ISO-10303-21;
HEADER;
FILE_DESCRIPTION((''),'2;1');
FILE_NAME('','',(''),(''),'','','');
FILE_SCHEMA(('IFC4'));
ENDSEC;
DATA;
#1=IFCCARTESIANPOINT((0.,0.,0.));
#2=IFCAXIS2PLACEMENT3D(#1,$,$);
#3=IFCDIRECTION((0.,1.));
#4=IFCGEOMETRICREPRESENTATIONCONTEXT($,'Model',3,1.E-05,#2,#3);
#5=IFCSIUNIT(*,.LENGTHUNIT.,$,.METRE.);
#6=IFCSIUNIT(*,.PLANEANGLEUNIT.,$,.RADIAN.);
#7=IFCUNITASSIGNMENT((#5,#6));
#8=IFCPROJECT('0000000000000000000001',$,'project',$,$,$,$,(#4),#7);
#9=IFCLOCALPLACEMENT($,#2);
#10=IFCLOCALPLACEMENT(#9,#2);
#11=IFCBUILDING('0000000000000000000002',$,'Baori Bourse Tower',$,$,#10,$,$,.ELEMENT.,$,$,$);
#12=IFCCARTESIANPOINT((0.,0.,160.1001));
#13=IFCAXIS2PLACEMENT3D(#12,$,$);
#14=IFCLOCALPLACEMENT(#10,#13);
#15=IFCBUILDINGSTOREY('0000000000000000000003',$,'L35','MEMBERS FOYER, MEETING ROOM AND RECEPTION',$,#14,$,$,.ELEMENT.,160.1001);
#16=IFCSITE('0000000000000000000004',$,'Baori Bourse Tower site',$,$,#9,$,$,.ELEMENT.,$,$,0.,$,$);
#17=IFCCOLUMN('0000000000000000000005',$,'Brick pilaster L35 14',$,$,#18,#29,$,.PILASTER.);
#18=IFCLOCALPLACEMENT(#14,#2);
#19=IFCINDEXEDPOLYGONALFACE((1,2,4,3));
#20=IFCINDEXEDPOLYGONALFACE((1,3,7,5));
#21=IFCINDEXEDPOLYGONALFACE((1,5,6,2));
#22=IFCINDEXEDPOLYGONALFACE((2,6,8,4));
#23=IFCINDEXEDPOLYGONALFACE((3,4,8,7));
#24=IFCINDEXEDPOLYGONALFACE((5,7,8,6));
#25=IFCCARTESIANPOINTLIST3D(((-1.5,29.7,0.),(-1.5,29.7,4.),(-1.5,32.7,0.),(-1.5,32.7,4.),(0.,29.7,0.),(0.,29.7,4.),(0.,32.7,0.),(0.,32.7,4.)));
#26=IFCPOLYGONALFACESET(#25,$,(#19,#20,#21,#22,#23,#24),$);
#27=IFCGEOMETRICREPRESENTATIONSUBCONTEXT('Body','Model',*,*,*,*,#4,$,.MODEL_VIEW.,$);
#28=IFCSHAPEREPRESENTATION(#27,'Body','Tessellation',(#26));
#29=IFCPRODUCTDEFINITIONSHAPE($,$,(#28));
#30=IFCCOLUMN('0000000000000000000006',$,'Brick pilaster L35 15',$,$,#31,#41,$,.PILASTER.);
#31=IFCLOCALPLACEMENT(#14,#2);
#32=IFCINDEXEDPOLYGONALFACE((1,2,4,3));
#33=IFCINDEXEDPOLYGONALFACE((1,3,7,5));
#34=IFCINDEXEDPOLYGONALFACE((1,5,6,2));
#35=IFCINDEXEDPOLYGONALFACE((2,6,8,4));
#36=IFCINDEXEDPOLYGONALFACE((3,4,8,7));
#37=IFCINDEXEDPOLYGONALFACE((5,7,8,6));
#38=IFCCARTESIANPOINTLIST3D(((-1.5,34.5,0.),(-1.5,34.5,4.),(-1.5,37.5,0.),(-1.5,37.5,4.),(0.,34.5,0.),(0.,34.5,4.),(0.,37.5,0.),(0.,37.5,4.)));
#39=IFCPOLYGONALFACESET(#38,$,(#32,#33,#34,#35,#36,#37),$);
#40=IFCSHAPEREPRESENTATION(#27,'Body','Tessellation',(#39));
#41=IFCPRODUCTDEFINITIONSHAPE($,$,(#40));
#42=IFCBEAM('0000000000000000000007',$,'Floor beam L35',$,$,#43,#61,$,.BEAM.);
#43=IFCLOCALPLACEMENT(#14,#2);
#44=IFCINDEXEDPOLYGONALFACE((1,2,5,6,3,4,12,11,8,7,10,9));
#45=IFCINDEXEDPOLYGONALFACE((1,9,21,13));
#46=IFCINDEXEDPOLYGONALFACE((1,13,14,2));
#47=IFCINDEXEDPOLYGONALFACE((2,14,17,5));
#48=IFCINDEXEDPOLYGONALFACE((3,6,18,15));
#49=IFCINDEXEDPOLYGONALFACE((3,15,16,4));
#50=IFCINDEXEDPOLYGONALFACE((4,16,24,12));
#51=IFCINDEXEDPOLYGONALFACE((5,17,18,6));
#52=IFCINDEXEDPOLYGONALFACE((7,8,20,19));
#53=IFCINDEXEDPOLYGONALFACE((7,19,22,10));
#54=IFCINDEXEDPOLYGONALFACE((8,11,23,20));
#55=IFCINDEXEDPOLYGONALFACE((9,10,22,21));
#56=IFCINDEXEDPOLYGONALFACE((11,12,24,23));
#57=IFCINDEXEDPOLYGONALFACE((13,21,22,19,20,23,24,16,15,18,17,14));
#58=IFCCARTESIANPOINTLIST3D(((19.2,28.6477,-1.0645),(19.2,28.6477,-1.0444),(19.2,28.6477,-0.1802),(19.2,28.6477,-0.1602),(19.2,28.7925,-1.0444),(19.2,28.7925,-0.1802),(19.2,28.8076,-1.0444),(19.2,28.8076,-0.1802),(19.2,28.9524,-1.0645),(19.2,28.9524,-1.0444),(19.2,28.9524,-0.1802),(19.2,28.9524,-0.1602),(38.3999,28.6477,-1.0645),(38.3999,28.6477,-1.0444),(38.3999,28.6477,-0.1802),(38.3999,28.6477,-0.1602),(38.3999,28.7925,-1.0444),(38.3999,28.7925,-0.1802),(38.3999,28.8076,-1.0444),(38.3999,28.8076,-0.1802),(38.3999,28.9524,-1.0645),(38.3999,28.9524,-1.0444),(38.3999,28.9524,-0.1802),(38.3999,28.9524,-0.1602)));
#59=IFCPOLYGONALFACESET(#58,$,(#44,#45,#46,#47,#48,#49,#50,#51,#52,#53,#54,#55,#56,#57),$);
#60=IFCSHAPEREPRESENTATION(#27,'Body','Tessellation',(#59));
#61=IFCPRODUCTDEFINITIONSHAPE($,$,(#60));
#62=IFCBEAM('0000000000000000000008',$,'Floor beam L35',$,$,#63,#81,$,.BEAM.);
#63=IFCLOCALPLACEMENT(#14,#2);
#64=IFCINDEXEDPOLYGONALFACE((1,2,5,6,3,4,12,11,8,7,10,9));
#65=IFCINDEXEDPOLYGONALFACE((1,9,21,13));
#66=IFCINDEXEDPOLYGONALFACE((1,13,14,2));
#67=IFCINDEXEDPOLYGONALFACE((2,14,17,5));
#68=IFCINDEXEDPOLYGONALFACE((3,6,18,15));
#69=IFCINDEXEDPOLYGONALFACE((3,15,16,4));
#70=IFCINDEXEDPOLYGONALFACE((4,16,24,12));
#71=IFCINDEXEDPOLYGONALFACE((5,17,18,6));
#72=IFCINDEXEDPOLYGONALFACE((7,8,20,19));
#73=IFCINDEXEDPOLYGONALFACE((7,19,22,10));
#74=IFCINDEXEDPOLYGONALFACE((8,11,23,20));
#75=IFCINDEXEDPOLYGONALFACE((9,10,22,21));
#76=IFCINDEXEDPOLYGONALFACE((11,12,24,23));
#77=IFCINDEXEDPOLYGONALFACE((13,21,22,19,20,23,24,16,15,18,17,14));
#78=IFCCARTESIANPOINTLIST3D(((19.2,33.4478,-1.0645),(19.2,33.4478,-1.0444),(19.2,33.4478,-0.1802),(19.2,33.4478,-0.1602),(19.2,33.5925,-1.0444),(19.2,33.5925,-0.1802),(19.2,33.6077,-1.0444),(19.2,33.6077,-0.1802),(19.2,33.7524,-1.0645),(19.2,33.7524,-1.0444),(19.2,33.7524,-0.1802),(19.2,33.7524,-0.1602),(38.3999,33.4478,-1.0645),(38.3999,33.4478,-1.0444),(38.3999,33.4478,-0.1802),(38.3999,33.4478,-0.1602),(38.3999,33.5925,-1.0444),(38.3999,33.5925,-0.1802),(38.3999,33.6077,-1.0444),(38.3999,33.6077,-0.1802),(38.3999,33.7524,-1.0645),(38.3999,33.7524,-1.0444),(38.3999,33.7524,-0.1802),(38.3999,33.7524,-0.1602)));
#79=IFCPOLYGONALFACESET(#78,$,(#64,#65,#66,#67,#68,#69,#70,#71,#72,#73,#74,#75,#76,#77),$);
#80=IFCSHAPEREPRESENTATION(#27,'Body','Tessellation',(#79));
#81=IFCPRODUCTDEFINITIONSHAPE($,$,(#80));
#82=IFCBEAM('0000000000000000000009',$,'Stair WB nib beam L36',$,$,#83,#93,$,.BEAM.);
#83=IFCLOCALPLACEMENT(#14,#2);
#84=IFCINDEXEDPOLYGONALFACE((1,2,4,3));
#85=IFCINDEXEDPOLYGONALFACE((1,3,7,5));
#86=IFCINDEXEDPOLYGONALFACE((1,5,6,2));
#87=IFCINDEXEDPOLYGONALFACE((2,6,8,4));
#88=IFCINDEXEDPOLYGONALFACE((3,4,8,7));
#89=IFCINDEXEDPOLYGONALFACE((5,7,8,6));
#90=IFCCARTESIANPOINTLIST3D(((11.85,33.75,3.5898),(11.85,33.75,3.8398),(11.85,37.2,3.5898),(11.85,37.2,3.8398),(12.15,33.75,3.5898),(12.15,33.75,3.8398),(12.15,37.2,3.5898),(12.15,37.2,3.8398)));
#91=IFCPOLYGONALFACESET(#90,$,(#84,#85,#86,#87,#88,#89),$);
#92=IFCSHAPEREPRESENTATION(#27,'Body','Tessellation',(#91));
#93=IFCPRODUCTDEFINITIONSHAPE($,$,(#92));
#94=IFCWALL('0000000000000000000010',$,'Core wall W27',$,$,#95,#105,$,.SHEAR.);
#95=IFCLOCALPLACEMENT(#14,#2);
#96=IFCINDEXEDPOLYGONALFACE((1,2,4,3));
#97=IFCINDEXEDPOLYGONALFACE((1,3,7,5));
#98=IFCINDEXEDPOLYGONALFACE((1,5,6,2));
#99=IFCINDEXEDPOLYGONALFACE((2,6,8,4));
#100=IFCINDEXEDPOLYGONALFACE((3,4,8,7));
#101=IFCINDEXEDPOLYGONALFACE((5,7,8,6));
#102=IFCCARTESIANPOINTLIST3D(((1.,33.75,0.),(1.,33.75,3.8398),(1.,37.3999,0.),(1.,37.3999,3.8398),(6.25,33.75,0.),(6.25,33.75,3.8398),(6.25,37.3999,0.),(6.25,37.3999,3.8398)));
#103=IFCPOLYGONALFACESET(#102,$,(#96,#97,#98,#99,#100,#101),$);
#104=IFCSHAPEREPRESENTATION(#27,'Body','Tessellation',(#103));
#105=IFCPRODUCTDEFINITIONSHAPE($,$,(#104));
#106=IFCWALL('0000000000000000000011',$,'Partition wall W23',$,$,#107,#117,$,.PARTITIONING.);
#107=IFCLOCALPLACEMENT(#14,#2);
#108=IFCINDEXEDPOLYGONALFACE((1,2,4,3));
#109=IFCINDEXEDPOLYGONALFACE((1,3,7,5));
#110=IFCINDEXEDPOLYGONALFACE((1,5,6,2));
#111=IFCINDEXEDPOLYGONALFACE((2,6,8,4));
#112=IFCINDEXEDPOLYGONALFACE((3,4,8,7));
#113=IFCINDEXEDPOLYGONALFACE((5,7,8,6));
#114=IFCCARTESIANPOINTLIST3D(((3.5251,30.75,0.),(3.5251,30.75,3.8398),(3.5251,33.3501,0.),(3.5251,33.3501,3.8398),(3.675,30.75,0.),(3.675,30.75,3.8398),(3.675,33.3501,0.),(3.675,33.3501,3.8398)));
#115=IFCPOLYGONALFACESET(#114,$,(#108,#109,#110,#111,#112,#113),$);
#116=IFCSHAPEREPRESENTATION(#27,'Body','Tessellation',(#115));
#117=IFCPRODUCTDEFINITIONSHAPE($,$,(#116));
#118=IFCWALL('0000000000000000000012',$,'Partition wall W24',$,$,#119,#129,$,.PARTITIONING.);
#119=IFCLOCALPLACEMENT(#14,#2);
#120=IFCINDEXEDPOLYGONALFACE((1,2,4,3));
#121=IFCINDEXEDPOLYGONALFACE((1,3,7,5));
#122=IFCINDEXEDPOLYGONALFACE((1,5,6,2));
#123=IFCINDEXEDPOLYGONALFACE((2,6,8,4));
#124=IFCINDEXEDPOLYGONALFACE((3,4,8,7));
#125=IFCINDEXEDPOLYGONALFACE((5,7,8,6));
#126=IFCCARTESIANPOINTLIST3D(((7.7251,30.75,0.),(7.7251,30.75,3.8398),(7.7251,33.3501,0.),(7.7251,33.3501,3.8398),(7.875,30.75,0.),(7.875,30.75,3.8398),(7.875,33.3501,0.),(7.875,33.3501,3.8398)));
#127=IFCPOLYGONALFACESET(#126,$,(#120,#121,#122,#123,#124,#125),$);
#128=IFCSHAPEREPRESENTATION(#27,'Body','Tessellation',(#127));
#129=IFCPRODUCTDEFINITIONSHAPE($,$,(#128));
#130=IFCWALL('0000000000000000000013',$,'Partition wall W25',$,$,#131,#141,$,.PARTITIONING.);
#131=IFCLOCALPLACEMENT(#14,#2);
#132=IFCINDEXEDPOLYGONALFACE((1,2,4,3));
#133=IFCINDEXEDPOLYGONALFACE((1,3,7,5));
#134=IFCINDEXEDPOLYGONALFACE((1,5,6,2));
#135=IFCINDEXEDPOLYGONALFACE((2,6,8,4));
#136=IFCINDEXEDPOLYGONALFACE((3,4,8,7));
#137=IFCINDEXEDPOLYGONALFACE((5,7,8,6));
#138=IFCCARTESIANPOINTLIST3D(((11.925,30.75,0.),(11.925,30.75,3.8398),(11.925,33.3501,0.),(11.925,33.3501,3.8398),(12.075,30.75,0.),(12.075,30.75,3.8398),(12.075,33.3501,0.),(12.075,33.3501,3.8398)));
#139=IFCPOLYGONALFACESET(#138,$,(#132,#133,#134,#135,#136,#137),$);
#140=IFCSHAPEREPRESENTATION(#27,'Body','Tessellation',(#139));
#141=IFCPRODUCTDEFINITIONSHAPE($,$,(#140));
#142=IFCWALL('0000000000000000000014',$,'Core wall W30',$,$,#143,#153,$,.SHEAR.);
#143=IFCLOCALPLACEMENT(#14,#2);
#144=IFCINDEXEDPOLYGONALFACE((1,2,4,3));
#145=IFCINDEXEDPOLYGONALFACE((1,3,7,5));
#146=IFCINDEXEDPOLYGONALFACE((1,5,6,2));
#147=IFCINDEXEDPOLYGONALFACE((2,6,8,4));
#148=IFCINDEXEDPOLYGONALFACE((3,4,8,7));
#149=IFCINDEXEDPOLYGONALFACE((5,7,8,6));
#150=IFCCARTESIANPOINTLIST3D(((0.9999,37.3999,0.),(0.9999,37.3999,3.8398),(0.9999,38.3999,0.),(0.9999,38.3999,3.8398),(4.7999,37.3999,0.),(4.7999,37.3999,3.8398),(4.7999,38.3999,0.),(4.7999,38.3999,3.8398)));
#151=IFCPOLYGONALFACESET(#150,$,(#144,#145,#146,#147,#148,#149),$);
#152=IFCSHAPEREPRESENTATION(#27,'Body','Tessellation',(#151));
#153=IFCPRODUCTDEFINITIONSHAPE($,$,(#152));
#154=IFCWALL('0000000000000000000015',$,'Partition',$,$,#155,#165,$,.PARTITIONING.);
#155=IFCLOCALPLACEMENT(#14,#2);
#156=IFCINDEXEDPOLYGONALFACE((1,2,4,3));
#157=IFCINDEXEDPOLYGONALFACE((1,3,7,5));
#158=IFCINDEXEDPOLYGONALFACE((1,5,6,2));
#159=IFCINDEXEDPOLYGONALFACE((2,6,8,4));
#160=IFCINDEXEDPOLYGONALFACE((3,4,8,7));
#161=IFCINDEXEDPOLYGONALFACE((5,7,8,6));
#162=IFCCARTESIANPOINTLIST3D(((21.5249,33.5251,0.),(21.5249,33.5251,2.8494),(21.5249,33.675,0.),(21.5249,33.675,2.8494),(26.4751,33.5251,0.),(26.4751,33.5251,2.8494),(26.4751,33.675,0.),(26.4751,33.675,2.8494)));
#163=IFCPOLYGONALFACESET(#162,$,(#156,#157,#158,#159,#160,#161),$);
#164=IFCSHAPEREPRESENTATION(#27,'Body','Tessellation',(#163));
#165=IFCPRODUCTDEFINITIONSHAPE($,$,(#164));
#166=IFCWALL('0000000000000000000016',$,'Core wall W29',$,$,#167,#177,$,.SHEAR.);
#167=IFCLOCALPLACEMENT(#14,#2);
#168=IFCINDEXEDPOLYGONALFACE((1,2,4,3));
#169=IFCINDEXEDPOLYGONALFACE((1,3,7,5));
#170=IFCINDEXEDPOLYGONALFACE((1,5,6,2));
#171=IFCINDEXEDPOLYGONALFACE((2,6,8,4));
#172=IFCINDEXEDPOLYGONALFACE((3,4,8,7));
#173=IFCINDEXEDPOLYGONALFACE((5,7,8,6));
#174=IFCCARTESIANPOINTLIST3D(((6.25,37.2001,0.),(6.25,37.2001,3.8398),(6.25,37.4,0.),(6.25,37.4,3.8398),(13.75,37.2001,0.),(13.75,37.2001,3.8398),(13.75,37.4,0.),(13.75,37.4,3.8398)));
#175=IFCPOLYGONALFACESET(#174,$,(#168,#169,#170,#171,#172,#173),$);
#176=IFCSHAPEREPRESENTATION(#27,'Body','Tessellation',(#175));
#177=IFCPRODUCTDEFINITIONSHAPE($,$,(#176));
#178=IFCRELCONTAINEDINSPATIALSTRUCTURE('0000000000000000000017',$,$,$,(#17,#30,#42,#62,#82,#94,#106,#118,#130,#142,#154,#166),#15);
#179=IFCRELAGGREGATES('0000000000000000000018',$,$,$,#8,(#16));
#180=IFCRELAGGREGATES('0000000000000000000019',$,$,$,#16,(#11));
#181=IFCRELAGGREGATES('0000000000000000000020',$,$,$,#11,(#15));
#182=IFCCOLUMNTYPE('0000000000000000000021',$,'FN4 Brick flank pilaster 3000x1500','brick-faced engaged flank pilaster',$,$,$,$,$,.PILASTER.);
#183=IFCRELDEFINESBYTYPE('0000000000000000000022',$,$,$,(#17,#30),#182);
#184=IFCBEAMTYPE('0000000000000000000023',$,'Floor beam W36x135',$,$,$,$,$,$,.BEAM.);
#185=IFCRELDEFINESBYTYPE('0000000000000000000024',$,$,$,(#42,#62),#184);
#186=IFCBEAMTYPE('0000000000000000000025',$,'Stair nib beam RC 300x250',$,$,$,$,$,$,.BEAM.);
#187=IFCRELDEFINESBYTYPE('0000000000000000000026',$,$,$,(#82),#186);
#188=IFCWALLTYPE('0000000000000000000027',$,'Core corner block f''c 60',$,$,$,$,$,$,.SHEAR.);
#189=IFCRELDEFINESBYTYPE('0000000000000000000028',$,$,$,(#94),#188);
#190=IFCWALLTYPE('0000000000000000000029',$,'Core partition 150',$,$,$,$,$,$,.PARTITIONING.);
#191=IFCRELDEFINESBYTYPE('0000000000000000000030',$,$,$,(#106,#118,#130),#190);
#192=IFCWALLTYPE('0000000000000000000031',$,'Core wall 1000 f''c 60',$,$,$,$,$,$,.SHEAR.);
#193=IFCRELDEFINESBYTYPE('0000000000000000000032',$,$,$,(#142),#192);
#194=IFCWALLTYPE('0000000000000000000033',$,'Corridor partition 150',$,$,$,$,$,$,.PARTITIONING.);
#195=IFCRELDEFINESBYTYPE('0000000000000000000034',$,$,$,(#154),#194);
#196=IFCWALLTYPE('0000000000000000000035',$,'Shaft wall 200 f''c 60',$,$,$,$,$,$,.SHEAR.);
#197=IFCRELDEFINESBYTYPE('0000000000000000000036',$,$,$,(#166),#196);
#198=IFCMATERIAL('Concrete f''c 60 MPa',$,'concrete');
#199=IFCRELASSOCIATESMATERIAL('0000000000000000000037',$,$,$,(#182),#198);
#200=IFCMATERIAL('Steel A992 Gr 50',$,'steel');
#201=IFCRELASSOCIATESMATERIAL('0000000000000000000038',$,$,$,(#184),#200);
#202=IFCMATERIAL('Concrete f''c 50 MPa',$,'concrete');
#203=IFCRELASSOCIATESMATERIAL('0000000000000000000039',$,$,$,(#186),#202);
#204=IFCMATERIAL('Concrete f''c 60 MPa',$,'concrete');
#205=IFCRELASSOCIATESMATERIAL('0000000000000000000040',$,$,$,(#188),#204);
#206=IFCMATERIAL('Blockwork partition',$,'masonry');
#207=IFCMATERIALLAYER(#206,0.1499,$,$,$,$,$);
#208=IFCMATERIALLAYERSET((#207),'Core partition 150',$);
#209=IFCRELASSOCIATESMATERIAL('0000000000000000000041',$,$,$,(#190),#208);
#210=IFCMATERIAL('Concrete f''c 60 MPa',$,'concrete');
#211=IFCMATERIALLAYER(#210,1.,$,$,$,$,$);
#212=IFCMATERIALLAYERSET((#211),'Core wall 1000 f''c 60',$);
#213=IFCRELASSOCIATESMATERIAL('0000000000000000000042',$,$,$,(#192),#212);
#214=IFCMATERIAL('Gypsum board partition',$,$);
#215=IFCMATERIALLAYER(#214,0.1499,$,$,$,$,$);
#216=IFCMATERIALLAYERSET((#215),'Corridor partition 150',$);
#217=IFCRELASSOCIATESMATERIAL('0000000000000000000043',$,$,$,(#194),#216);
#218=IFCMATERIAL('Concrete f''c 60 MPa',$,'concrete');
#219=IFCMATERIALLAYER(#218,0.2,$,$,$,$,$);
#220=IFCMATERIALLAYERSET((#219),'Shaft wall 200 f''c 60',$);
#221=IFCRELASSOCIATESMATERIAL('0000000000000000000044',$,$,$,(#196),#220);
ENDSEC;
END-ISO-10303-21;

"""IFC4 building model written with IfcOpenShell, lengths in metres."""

from ifc_helpers import new_model, si_unit, direction, frame, frame_2d, origin, origin_2d, place, context, subcontext, project, spatial, rectangle, i_section, extrude, material, layer, layer_set, material_profile, profile_set, type_object, element, save


model = new_model("IFC4")

# Units and contexts
model_context = context("Model", 3, precision=1e-05, world=origin(), true_north=direction((0.0, 1.0)))
body_context = subcontext(model_context, "Body", "Model", "MODEL_VIEW")
ifc_project = project(units=[si_unit("LENGTHUNIT", "METRE"), si_unit("PLANEANGLEUNIT", "RADIAN")], contexts=[model_context])

# Site, building, storey
site_placement = place(None, origin())
site = spatial("IfcSite", under=ifc_project, at=site_placement, Name="Baori Bourse Tower site", CompositionType="ELEMENT", RefElevation=0.0)
building_placement = place(site_placement, origin())
building = spatial("IfcBuilding", under=site, at=building_placement, Name="Baori Bourse Tower", CompositionType="ELEMENT")
storey_placement = place(building_placement, frame((0.0, 0.0, 160.1001)))
storey = spatial("IfcBuildingStorey", under=building, at=storey_placement, Name="L35", Description="MEMBERS FOYER, MEETING ROOM AND RECEPTION", CompositionType="ELEMENT", Elevation=160.1001)

# Columns
ifc_material_1 = material(Name="Concrete f'c 60 MPa", Category="concrete")
ifc_material_profile_1 = material_profile(ifc_material_1, rectangle(XDim=3.0, YDim=1.5, at=origin_2d()), Name="RC 3000x1500")
ifc_profile_set_1 = profile_set([ifc_material_profile_1], Name="Concrete f'c 60 MPa")
column_type = type_object("IfcColumnType", Name="FN4 Brick flank pilaster 3000x1500", Description="brick-faced engaged flank pilaster", PredefinedType="PILASTER", material=ifc_profile_set_1)
for number, where, z_axis, x_axis, name in (
    (1, (-0.75, 31.2, 0.0), (0.0, 0.0, 1.0), (0.0, 1.0, 0.0), "Brick pilaster L35 14"),
    (2, (-0.75, 36.0, 0.0), (0.0, 0.0, 1.0), (0.0, 1.0, 0.0), "Brick pilaster L35 15"),
):
    element("IfcColumn", number, at=place(storey_placement, frame(where, z_axis=z_axis, x_axis=x_axis)), inside=storey, type_object=column_type, Name=name, PredefinedType="PILASTER", context=body_context, shape_type="SweptSolid", body=[
        extrude(rectangle(XDim=3.0, YDim=1.5, at=origin_2d()), origin(), (0.0, 0.0, 1.0), 4.0),
    ])

# Beams
ifc_material_2 = material(Name="Steel A992 Gr 50", Category="steel")
ifc_material_profile_2 = material_profile(ifc_material_2, i_section(OverallWidth=0.3047, OverallDepth=0.9043, WebThickness=0.0151, FlangeThickness=0.02, at=origin_2d()), Name="W36x135")
ifc_profile_set_2 = profile_set([ifc_material_profile_2], Name="Steel A992 Gr 50")
beam_type_1 = type_object("IfcBeamType", Name="Floor beam W36x135", PredefinedType="BEAM", material=ifc_profile_set_2)
for number, where, z_axis, x_axis, name in (
    (3, (19.2, 28.8, -0.6123), (1.0, 0.0, 0.0), (0.0, 1.0, 0.0), "Floor beam L35"),
    (4, (19.2, 33.6001, -0.6123), (1.0, 0.0, 0.0), (0.0, 1.0, 0.0), "Floor beam L35"),
):
    element("IfcBeam", number, at=place(storey_placement, frame(where, z_axis=z_axis, x_axis=x_axis)), inside=storey, type_object=beam_type_1, Name=name, PredefinedType="BEAM", context=body_context, shape_type="SweptSolid", body=[
        extrude(i_section(OverallWidth=0.3047, OverallDepth=0.9043, WebThickness=0.0151, FlangeThickness=0.02, at=origin_2d()), origin(), (0.0, 0.0, 1.0), 19.2),
    ])
ifc_material_3 = material(Name="Concrete f'c 50 MPa", Category="concrete")
ifc_material_profile_3 = material_profile(ifc_material_3, rectangle(XDim=0.3, YDim=0.25, at=origin_2d()), Name="RC 300x250")
ifc_profile_set_3 = profile_set([ifc_material_profile_3], Name="Concrete f'c 50 MPa")
beam_type_2 = type_object("IfcBeamType", Name="Stair nib beam RC 300x250", PredefinedType="BEAM", material=ifc_profile_set_3)
beam_placement = place(storey_placement, frame((12.0, 33.75, 3.7148), z_axis=(0.0, 1.0, 0.0), x_axis=(-1.0, 0.0, 0.0)))
element("IfcBeam", 5, at=beam_placement, inside=storey, type_object=beam_type_2, Name="Stair WB nib beam L36", PredefinedType="BEAM", context=body_context, shape_type="SweptSolid", body=[
    extrude(rectangle(XDim=0.3, YDim=0.25, at=origin_2d()), origin(), (0.0, 0.0, 1.0), 3.45),
])

# Walls
ifc_material_4 = material(Name="Concrete f'c 60 MPa", Category="concrete")
wall_type_1 = type_object("IfcWallType", Name="Core corner block f'c 60", PredefinedType="SHEAR", material=ifc_material_4)
wall_1_placement = place(storey_placement, frame((1.0, 35.575, 0.0), z_axis=(0.0, 0.0, 1.0), x_axis=(1.0, 0.0, 0.0)))
element("IfcWall", 6, at=wall_1_placement, inside=storey, type_object=wall_type_1, Name="Core wall W27", PredefinedType="SHEAR", context=body_context, shape_type="SweptSolid", body=[
    extrude(rectangle(XDim=5.25, YDim=3.6499, at=frame_2d((2.625, 0.0))), origin(), (0.0, 0.0, 1.0), 3.8398),
])
ifc_material_5 = material(Name="Blockwork partition", Category="masonry")
ifc_layer_1 = layer(ifc_material_5, 0.1499)
ifc_layer_set_1 = layer_set([ifc_layer_1], Name="Core partition 150")
wall_type_2 = type_object("IfcWallType", Name="Core partition 150", PredefinedType="PARTITIONING", material=ifc_layer_set_1)
for number, where, z_axis, x_axis, name in (
    (7, (3.6001, 30.75, 0.0), (0.0, 0.0, 1.0), (0.0, 1.0, 0.0), "Partition wall W23"),
    (8, (7.8, 30.75, 0.0), (0.0, 0.0, 1.0), (0.0, 1.0, 0.0), "Partition wall W24"),
    (9, (12.0, 30.75, 0.0), (0.0, 0.0, 1.0), (0.0, 1.0, 0.0), "Partition wall W25"),
):
    element("IfcWall", number, at=place(storey_placement, frame(where, z_axis=z_axis, x_axis=x_axis)), inside=storey, type_object=wall_type_2, Name=name, PredefinedType="PARTITIONING", context=body_context, shape_type="SweptSolid", body=[
        extrude(rectangle(XDim=2.6001, YDim=0.1499, at=frame_2d((1.3, 0.0))), origin(), (0.0, 0.0, 1.0), 3.8398),
    ])
ifc_material_6 = material(Name="Concrete f'c 60 MPa", Category="concrete")
ifc_layer_2 = layer(ifc_material_6, 1.0)
ifc_layer_set_2 = layer_set([ifc_layer_2], Name="Core wall 1000 f'c 60")
wall_type_3 = type_object("IfcWallType", Name="Core wall 1000 f'c 60", PredefinedType="SHEAR", material=ifc_layer_set_2)
wall_2_placement = place(storey_placement, frame((1.0, 37.8999, 0.0), z_axis=(0.0, 0.0, 1.0), x_axis=(1.0, 0.0, 0.0)))
element("IfcWall", 10, at=wall_2_placement, inside=storey, type_object=wall_type_3, Name="Core wall W30", PredefinedType="SHEAR", context=body_context, shape_type="SweptSolid", body=[
    extrude(rectangle(XDim=3.8, YDim=1.0, at=frame_2d((1.8999, 0.0))), origin(), (0.0, 0.0, 1.0), 3.8398),
])
ifc_material_7 = material(Name="Gypsum board partition")
ifc_layer_3 = layer(ifc_material_7, 0.1499)
ifc_layer_set_3 = layer_set([ifc_layer_3], Name="Corridor partition 150")
wall_type_4 = type_object("IfcWallType", Name="Corridor partition 150", PredefinedType="PARTITIONING", material=ifc_layer_set_3)
wall_3_placement = place(storey_placement, frame((21.5249, 33.6001, 0.0), z_axis=(0.0, 0.0, 1.0), x_axis=(1.0, 0.0, 0.0)))
element("IfcWall", 11, at=wall_3_placement, inside=storey, type_object=wall_type_4, Name="Partition", PredefinedType="PARTITIONING", context=body_context, shape_type="SweptSolid", body=[
    extrude(rectangle(XDim=4.9502, YDim=0.1499, at=frame_2d((2.4751, 0.0))), origin(), (0.0, 0.0, 1.0), 2.8494),
])
ifc_material_8 = material(Name="Concrete f'c 60 MPa", Category="concrete")
ifc_layer_4 = layer(ifc_material_8, 0.2)
ifc_layer_set_4 = layer_set([ifc_layer_4], Name="Shaft wall 200 f'c 60")
wall_type_5 = type_object("IfcWallType", Name="Shaft wall 200 f'c 60", PredefinedType="SHEAR", material=ifc_layer_set_4)
wall_4_placement = place(storey_placement, frame((6.25, 37.3, 0.0), z_axis=(0.0, 0.0, 1.0), x_axis=(1.0, 0.0, 0.0)))
element("IfcWall", 12, at=wall_4_placement, inside=storey, type_object=wall_type_5, Name="Core wall W29", PredefinedType="SHEAR", context=body_context, shape_type="SweptSolid", body=[
    extrude(rectangle(XDim=7.5, YDim=0.2, at=frame_2d((3.75, 0.0))), origin(), (0.0, 0.0, 1.0), 3.8398),
])

save(model, "model.ifc")
